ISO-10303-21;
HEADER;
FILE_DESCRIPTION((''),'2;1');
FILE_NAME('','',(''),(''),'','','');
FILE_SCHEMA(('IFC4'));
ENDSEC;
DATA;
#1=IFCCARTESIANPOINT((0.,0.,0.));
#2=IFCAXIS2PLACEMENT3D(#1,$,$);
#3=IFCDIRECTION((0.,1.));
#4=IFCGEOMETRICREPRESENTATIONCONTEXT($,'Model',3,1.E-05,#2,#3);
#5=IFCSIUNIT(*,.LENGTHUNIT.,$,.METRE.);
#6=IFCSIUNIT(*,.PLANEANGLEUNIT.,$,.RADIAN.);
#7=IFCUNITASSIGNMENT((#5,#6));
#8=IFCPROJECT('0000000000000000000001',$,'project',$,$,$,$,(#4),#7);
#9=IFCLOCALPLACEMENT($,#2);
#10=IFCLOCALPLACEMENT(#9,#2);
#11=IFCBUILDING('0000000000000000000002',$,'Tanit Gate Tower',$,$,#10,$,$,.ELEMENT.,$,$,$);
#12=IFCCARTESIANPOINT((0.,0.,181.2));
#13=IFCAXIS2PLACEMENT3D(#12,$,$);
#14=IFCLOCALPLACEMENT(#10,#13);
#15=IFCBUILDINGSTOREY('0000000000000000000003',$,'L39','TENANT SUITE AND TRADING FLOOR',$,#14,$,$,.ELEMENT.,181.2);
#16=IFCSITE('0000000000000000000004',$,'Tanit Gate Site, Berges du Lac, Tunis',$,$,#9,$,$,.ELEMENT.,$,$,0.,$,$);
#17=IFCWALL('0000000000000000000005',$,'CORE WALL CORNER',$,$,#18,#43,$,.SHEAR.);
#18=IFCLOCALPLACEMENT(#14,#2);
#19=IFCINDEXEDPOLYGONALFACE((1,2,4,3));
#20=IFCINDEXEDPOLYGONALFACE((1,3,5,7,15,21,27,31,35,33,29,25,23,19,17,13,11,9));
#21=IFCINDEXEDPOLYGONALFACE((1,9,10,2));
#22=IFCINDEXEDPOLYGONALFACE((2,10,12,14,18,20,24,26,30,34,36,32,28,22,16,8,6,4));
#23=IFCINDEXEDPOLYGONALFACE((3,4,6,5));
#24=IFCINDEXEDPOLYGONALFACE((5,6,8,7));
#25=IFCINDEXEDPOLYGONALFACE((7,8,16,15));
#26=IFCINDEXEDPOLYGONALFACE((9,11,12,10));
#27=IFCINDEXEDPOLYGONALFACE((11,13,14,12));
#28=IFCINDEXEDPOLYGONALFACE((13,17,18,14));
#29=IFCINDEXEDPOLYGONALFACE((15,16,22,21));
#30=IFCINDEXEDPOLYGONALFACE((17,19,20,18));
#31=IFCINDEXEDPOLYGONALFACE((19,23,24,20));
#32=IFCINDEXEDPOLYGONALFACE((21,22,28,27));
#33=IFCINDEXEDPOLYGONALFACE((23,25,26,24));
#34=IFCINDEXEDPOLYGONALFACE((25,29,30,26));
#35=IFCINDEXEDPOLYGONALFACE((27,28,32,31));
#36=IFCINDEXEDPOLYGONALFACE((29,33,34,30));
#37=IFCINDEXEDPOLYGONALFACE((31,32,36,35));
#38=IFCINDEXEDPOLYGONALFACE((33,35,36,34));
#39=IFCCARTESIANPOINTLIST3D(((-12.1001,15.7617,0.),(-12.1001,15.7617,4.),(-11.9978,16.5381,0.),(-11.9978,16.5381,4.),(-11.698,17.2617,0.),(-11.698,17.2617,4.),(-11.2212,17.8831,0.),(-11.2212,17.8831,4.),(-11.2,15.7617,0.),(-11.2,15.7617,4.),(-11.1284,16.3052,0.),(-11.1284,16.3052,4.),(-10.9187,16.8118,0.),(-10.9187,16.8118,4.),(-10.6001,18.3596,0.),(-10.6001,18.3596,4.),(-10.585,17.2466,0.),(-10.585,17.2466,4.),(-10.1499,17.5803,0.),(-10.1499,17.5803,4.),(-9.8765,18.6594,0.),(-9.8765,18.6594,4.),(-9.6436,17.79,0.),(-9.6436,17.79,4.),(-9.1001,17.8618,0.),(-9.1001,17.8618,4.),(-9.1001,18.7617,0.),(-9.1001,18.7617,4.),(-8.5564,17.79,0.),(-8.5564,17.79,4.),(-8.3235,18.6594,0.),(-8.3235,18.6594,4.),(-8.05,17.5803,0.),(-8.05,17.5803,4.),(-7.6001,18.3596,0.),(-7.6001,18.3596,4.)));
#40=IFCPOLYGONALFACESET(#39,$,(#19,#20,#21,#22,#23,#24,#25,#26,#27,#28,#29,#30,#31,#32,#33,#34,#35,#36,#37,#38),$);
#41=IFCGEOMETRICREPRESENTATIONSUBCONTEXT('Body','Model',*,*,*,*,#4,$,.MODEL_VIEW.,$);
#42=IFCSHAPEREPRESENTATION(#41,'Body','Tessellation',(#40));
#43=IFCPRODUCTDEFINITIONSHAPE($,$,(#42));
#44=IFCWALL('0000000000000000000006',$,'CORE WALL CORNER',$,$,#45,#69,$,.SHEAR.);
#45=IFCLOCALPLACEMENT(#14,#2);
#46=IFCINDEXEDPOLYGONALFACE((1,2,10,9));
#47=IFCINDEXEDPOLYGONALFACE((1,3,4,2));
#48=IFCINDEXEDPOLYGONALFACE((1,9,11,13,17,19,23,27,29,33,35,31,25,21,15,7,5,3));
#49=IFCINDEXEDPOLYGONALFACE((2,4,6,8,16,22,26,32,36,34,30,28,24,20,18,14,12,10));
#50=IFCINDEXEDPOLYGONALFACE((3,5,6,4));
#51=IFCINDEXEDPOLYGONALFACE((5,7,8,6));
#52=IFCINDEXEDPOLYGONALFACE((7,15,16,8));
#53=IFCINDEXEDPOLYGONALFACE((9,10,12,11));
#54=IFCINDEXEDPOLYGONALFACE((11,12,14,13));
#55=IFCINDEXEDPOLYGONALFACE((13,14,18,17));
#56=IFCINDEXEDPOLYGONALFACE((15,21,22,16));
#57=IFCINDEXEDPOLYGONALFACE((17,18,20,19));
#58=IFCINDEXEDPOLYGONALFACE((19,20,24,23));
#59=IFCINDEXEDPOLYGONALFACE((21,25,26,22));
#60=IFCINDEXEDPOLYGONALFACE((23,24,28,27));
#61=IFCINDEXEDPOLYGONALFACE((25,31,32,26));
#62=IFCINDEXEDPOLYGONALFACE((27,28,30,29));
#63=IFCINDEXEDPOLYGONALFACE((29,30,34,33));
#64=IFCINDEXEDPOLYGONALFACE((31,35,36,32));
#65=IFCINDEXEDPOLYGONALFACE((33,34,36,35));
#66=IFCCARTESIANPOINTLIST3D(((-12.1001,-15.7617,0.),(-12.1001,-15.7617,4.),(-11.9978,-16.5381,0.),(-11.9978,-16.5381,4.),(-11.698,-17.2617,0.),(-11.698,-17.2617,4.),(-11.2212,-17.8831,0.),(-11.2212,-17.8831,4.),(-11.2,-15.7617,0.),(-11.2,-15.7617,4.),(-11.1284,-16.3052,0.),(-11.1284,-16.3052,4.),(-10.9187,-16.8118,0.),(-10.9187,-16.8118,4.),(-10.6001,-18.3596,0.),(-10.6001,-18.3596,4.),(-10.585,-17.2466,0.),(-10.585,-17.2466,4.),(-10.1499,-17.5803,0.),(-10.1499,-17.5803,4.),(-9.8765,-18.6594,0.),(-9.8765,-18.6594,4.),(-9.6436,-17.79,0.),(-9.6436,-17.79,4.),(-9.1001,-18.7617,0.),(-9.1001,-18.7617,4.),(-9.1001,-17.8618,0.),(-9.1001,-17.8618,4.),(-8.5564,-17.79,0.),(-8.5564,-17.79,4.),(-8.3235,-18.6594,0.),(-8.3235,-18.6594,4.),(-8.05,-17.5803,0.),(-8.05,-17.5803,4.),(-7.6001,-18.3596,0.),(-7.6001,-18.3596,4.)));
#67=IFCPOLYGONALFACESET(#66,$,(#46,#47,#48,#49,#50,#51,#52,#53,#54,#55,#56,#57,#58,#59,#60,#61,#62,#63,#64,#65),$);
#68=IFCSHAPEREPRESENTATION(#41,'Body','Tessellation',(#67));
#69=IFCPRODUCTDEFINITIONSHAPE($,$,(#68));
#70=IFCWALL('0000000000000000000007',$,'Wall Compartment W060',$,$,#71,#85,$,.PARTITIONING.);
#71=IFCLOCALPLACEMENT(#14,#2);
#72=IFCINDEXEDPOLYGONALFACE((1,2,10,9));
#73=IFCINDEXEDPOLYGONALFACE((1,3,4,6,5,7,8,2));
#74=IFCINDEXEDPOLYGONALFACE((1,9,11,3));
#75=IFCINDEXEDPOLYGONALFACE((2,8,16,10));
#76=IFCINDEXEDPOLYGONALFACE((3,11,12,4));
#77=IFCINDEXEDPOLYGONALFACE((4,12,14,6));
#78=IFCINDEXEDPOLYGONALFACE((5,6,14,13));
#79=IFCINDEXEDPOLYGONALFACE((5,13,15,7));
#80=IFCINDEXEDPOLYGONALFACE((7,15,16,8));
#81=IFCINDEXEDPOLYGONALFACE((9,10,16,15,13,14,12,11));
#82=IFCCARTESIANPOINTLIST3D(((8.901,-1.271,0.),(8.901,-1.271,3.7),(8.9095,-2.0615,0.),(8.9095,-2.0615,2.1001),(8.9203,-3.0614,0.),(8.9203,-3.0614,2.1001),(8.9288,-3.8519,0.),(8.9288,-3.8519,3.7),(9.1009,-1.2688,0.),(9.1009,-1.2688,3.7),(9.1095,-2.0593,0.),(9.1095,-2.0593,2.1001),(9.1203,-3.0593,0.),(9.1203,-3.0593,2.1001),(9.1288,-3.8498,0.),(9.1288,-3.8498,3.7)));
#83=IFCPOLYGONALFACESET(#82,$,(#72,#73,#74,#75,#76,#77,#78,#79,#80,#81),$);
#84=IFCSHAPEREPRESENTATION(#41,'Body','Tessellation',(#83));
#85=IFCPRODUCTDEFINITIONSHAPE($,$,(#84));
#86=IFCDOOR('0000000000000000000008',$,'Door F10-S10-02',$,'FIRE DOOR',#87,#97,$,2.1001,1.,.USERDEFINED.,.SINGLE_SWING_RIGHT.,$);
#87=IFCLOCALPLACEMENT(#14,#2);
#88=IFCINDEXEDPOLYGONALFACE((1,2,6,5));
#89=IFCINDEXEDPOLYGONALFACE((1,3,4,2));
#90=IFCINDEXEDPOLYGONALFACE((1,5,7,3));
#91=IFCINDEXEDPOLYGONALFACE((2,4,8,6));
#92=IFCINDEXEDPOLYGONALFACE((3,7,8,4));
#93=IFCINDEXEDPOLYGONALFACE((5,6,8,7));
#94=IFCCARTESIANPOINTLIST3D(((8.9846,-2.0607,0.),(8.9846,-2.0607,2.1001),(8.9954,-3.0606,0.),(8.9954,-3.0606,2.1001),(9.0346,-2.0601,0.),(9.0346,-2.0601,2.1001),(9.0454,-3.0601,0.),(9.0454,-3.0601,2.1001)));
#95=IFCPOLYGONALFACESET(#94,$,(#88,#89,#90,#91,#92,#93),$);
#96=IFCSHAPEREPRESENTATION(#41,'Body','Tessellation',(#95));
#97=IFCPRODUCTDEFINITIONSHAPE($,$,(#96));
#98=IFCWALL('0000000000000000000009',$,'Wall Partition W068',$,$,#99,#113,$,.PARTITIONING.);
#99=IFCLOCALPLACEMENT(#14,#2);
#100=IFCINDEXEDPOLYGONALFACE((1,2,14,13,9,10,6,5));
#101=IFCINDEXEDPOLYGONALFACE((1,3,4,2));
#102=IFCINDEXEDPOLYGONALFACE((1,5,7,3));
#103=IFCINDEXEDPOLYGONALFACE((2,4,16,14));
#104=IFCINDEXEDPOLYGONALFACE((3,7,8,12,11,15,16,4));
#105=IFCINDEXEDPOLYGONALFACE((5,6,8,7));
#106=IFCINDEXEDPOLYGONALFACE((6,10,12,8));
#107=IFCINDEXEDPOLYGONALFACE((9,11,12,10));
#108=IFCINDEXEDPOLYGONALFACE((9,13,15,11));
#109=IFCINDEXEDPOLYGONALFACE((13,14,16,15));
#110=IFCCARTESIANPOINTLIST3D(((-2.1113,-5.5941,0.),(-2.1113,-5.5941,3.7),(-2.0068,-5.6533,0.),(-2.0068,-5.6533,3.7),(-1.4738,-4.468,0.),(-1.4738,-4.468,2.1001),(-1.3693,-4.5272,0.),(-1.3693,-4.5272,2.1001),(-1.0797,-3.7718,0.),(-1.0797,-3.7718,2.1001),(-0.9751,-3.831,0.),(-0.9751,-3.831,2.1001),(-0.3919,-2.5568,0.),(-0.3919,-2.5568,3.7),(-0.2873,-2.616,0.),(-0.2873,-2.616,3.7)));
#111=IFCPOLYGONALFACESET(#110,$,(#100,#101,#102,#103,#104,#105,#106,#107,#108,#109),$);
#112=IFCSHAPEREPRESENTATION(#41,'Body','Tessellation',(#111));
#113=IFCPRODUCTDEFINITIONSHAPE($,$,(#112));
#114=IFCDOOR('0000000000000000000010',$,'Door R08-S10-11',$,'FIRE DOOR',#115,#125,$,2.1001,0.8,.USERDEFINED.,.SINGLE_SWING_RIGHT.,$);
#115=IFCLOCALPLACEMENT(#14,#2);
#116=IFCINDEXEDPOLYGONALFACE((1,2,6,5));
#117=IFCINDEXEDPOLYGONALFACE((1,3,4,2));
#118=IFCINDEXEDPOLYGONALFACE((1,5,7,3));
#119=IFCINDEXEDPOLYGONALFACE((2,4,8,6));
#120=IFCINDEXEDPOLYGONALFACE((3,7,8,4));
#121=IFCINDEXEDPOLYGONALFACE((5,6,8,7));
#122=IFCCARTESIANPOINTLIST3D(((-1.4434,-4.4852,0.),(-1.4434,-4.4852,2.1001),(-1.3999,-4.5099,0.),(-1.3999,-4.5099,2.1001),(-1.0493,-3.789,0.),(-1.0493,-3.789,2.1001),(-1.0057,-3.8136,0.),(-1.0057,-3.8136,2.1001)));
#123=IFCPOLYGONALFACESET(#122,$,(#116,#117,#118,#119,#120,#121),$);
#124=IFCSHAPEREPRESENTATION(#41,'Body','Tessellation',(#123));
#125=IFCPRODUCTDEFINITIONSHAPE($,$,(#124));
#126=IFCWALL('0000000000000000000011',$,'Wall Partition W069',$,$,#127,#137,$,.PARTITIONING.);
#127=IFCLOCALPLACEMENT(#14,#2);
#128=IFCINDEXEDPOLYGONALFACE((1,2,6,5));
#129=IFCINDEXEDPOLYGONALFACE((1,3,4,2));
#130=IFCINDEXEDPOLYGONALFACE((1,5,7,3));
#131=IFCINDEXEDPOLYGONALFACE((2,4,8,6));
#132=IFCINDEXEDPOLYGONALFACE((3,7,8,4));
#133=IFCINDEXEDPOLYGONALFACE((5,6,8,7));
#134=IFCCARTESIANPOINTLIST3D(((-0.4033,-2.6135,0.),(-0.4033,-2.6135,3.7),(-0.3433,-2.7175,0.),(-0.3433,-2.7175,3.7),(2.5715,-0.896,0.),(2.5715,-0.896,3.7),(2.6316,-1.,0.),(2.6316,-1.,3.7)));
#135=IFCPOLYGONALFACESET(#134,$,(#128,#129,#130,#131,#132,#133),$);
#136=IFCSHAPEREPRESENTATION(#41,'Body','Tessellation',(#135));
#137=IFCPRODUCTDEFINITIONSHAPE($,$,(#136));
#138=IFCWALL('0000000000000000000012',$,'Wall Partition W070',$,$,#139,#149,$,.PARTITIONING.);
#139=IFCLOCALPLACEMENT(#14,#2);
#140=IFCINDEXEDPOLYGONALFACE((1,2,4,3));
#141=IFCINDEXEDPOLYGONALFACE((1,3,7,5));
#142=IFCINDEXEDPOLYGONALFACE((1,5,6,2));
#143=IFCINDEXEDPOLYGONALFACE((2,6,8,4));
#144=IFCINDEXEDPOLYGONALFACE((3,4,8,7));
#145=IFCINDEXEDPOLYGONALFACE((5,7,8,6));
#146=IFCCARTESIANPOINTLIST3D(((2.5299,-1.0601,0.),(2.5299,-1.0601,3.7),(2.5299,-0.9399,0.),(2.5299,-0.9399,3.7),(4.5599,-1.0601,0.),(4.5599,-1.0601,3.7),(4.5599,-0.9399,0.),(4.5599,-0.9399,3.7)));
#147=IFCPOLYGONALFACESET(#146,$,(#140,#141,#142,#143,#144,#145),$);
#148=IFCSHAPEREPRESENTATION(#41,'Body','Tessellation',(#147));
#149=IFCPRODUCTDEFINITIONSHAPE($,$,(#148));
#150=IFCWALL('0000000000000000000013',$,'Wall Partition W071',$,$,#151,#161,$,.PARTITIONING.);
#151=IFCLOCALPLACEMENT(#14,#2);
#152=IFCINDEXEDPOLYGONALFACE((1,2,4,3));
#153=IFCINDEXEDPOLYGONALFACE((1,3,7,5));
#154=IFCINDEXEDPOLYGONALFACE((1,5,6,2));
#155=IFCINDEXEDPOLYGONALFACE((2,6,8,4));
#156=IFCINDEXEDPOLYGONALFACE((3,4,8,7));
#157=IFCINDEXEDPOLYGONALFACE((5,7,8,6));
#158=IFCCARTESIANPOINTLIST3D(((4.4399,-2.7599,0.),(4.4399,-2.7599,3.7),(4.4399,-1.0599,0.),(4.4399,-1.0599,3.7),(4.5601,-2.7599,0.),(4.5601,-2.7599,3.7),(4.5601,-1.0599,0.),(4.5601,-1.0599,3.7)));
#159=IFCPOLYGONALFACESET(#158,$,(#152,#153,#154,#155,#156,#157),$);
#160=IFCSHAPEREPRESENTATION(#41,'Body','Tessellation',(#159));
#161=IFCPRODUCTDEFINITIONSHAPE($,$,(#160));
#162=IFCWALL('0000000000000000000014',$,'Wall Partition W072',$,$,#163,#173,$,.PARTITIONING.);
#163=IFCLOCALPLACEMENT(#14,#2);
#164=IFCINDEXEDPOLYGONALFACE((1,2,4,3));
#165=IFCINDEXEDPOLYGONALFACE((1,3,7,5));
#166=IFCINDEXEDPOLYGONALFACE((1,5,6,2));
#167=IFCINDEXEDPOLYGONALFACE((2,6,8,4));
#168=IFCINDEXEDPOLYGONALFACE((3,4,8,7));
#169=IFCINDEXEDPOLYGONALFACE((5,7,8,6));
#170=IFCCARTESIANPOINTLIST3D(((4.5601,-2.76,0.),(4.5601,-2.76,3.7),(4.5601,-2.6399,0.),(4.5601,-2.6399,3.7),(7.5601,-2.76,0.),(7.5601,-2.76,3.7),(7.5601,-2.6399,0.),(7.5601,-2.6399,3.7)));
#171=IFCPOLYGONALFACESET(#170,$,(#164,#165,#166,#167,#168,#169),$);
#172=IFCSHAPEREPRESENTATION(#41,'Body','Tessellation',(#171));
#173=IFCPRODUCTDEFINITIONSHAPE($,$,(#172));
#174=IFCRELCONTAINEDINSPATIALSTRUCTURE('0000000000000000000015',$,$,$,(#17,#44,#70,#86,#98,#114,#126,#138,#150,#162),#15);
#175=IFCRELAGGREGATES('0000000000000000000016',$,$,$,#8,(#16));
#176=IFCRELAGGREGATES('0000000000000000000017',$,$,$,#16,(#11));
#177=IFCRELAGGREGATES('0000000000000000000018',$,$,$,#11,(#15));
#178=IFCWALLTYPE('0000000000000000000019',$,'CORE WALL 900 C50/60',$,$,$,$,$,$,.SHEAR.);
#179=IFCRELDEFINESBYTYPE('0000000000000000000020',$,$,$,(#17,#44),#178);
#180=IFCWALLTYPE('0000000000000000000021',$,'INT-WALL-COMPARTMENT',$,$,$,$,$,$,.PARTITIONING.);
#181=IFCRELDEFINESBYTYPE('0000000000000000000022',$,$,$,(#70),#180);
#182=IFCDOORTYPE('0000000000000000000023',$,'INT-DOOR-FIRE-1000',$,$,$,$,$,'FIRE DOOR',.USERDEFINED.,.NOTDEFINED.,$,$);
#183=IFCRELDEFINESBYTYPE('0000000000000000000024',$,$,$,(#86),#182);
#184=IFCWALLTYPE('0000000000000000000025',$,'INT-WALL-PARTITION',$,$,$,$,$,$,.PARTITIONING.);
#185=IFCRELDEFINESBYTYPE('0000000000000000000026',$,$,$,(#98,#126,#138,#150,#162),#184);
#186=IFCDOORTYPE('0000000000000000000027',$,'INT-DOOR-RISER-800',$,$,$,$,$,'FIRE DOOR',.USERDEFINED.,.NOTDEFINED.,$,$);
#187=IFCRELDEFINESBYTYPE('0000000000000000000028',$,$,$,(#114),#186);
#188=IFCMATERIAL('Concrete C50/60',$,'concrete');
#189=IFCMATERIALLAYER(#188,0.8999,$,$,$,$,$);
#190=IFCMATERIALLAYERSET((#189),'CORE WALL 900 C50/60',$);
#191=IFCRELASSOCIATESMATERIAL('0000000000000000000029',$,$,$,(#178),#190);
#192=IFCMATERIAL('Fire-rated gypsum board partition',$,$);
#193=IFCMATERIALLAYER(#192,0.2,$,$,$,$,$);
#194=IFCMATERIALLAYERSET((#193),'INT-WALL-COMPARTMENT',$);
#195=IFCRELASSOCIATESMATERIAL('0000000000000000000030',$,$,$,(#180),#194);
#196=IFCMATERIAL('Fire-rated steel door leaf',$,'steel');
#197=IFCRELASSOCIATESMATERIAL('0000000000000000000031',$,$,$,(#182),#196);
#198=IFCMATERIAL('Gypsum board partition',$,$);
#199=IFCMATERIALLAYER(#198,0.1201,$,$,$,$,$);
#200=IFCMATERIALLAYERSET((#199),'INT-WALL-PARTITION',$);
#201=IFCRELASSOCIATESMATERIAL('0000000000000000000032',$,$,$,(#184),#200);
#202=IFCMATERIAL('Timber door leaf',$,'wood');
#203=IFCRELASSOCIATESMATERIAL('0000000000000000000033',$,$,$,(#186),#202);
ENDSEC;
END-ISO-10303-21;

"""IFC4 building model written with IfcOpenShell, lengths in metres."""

from ifc_helpers import new_model, si_unit, direction, frame, frame_2d, origin, place, context, subcontext, project, spatial, polyline, rectangle, outline, extrude, material, layer, layer_set, type_object, element, fill, save


model = new_model("IFC4")

# Units and contexts
model_context = context("Model", 3, precision=1e-05, world=origin(), true_north=direction((0.0, 1.0)))
body_context = subcontext(model_context, "Body", "Model", "MODEL_VIEW")
ifc_project = project(units=[si_unit("LENGTHUNIT", "METRE"), si_unit("PLANEANGLEUNIT", "RADIAN")], contexts=[model_context])

# Site, building, storey
site_placement = place(None, origin())
site = spatial("IfcSite", under=ifc_project, at=site_placement, Name="Tanit Gate Site, Berges du Lac, Tunis", CompositionType="ELEMENT", RefElevation=0.0)
building_placement = place(site_placement, origin())
building = spatial("IfcBuilding", under=site, at=building_placement, Name="Tanit Gate Tower", CompositionType="ELEMENT")
storey_placement = place(building_placement, frame((0.0, 0.0, 181.2)))
storey = spatial("IfcBuildingStorey", under=building, at=storey_placement, Name="L39", Description="TENANT SUITE AND TRADING FLOOR", CompositionType="ELEMENT", Elevation=181.2)

# Walls
ifc_material_1 = material(Name="Concrete C50/60", Category="concrete")
ifc_layer_1 = layer(ifc_material_1, 0.8999)
ifc_layer_set_1 = layer_set([ifc_layer_1], Name="CORE WALL 900 C50/60")
wall_type_1 = type_object("IfcWallType", Name="CORE WALL 900 C50/60", PredefinedType="SHEAR", material=ifc_layer_set_1)
wall_1_placement = place(storey_placement, origin())
element("IfcWall", 1, at=wall_1_placement, inside=storey, type_object=wall_type_1, Name="CORE WALL CORNER", PredefinedType="SHEAR", context=body_context, shape_type="SweptSolid", body=[
    extrude(outline(polyline([(-7.6001, 18.3596), (-8.3235, 18.6594), (-9.1001, 18.7617), (-9.8765, 18.6594), (-10.6001, 18.3596), (-11.2212, 17.8831), (-11.698, 17.2617), (-11.9978, 16.5381), (-12.1001, 15.7617), (-11.2, 15.7617), (-11.1284, 16.3052), (-10.9187, 16.8118), (-10.585, 17.2466), (-10.1499, 17.5803), (-9.6436, 17.79), (-9.1001, 17.8618), (-8.5564, 17.79), (-8.05, 17.5803), (-7.6001, 18.3596)])), origin(), (0.0, 0.0, 1.0), 4.0),
])
wall_2_placement = place(storey_placement, origin())
element("IfcWall", 2, at=wall_2_placement, inside=storey, type_object=wall_type_1, Name="CORE WALL CORNER", PredefinedType="SHEAR", context=body_context, shape_type="SweptSolid", body=[
    extrude(outline(polyline([(-12.1001, -15.7617), (-11.9978, -16.5381), (-11.698, -17.2617), (-11.2212, -17.8831), (-10.6001, -18.3596), (-9.8765, -18.6594), (-9.1001, -18.7617), (-8.3235, -18.6594), (-7.6001, -18.3596), (-8.05, -17.5803), (-8.5564, -17.79), (-9.1001, -17.8618), (-9.6436, -17.79), (-10.1499, -17.5803), (-10.585, -17.2466), (-10.9187, -16.8118), (-11.1284, -16.3052), (-11.2, -15.7617), (-12.1001, -15.7617)])), origin(), (0.0, 0.0, 1.0), 4.0),
])

# Walls, openings, doors
ifc_material_2 = material(Name="Fire-rated gypsum board partition")
ifc_layer_2 = layer(ifc_material_2, 0.2)
ifc_layer_set_2 = layer_set([ifc_layer_2], Name="INT-WALL-COMPARTMENT")
wall_type_2 = type_object("IfcWallType", Name="INT-WALL-COMPARTMENT", PredefinedType="PARTITIONING", material=ifc_layer_set_2)
wall_3_placement = place(storey_placement, frame((9.0288, -3.8508, 0.0), z_axis=(0.0, 0.0, 1.0), x_axis=(-0.010784, 0.999942, 0.0)))
wall_3 = element("IfcWall", 3, at=wall_3_placement, inside=storey, type_object=wall_type_2, Name="Wall Compartment W060", PredefinedType="PARTITIONING", context=body_context, shape_type="SweptSolid", body=[
    extrude(rectangle(XDim=2.5811, YDim=0.2, at=frame_2d((1.2905, 0.0))), origin(), (0.0, 0.0, 1.0), 3.7),
])
opening_1_placement = place(wall_3_placement, frame((0.7905, 0.0, 0.0)))
opening_1 = element("IfcOpeningElement", 4, at=opening_1_placement, cuts=wall_3, PredefinedType="OPENING", context=body_context, shape_type="SweptSolid", body=[
    extrude(rectangle(XDim=1.0, YDim=2.1001, at=frame_2d((0.5, 1.05))), frame((0.0, 0.1099, 0.0), z_axis=(0.0, -1.0, 0.0), x_axis=(1.0, 0.0, 0.0)), (0.0, 0.0, 1.0), 0.22),
])
ifc_material_3 = material(Name="Fire-rated steel door leaf", Category="steel")
door_type_1 = type_object("IfcDoorType", Name="INT-DOOR-FIRE-1000", ElementType="FIRE DOOR", OperationType="NOTDEFINED", PredefinedType="USERDEFINED", material=ifc_material_3)
door_1_placement = place(opening_1_placement, origin())
door_1 = element("IfcDoor", 5, at=door_1_placement, inside=storey, type_object=door_type_1, Name="Door F10-S10-02", ObjectType="FIRE DOOR", OperationType="SINGLE_SWING_RIGHT", OverallHeight=2.1001, OverallWidth=1.0, PredefinedType="USERDEFINED", context=body_context, shape_type="SweptSolid", body=[
    extrude(rectangle(XDim=1.0, YDim=2.1001, at=frame_2d((0.5, 1.05))), frame((0.0, 0.0249, 0.0), z_axis=(0.0, -1.0, 0.0), x_axis=(1.0, 0.0, 0.0)), (0.0, 0.0, 1.0), 0.05),
])
fill(opening_1, door_1)
ifc_material_4 = material(Name="Gypsum board partition")
ifc_layer_3 = layer(ifc_material_4, 0.1201)
ifc_layer_set_3 = layer_set([ifc_layer_3], Name="INT-WALL-PARTITION")
wall_type_3 = type_object("IfcWallType", Name="INT-WALL-PARTITION", PredefinedType="PARTITIONING", material=ifc_layer_set_3)
wall_4_placement = place(storey_placement, frame((-0.3396, -2.5864, 0.0), z_axis=(0.0, 0.0, 1.0), x_axis=(-0.492647, -0.870229, 0.0)))
wall_4 = element("IfcWall", 6, at=wall_4_placement, inside=storey, type_object=wall_type_3, Name="Wall Partition W068", PredefinedType="PARTITIONING", context=body_context, shape_type="SweptSolid", body=[
    extrude(rectangle(XDim=3.4902, YDim=0.1201, at=frame_2d((1.7451, 0.0))), origin(), (0.0, 0.0, 1.0), 3.7),
])
opening_2_placement = place(wall_4_placement, frame((1.3962, 0.0, 0.0)))
opening_2 = element("IfcOpeningElement", 7, at=opening_2_placement, cuts=wall_4, PredefinedType="OPENING", context=body_context, shape_type="SweptSolid", body=[
    extrude(rectangle(XDim=0.8, YDim=2.1001, at=frame_2d((0.3999, 1.05))), frame((0.0, 0.0701, 0.0), z_axis=(0.0, -1.0, 0.0), x_axis=(1.0, 0.0, 0.0)), (0.0, 0.0, 1.0), 0.1401),
])
ifc_material_5 = material(Name="Timber door leaf", Category="wood")
door_type_2 = type_object("IfcDoorType", Name="INT-DOOR-RISER-800", ElementType="FIRE DOOR", OperationType="NOTDEFINED", PredefinedType="USERDEFINED", material=ifc_material_5)
door_2_placement = place(opening_2_placement, origin())
door_2 = element("IfcDoor", 8, at=door_2_placement, inside=storey, type_object=door_type_2, Name="Door R08-S10-11", ObjectType="FIRE DOOR", OperationType="SINGLE_SWING_RIGHT", OverallHeight=2.1001, OverallWidth=0.8, PredefinedType="USERDEFINED", context=body_context, shape_type="SweptSolid", body=[
    extrude(rectangle(XDim=0.8, YDim=2.1001, at=frame_2d((0.3999, 1.05))), frame((0.0, 0.0249, 0.0), z_axis=(0.0, -1.0, 0.0), x_axis=(1.0, 0.0, 0.0)), (0.0, 0.0, 1.0), 0.05),
])
fill(opening_2, door_2)

# Walls
wall_5_placement = place(storey_placement, frame((2.6016, -0.948, 0.0), z_axis=(0.0, 0.0, 1.0), x_axis=(-0.866026, -0.499999, 0.0)))
element("IfcWall", 9, at=wall_5_placement, inside=storey, type_object=wall_type_3, Name="Wall Partition W069", PredefinedType="PARTITIONING", context=body_context, shape_type="SweptSolid", body=[
    extrude(rectangle(XDim=3.4351, YDim=0.1201, at=frame_2d((1.7175, 0.0))), origin(), (0.0, 0.0, 1.0), 3.7),
])
wall_6_placement = place(storey_placement, frame((4.5601, -1.0, 0.0), z_axis=(0.0, 0.0, 1.0), x_axis=(-1.0, 0.0, 0.0)))
element("IfcWall", 10, at=wall_6_placement, inside=storey, type_object=wall_type_3, Name="Wall Partition W070", PredefinedType="PARTITIONING", context=body_context, shape_type="SweptSolid", body=[
    extrude(rectangle(XDim=2.03, YDim=0.1201, at=frame_2d((1.0151, 0.0))), origin(), (0.0, 0.0, 1.0), 3.7),
])
wall_7_placement = place(storey_placement, frame((4.5, -2.76, 0.0), z_axis=(0.0, 0.0, 1.0), x_axis=(0.0, 1.0, 0.0)))
element("IfcWall", 11, at=wall_7_placement, inside=storey, type_object=wall_type_3, Name="Wall Partition W071", PredefinedType="PARTITIONING", context=body_context, shape_type="SweptSolid", body=[
    extrude(rectangle(XDim=1.7, YDim=0.1201, at=frame_2d((0.8501, 0.0))), origin(), (0.0, 0.0, 1.0), 3.7),
])
wall_8_placement = place(storey_placement, frame((7.5601, -2.7, 0.0), z_axis=(0.0, 0.0, 1.0), x_axis=(-1.0, 0.0, 0.0)))
element("IfcWall", 12, at=wall_8_placement, inside=storey, type_object=wall_type_3, Name="Wall Partition W072", PredefinedType="PARTITIONING", context=body_context, shape_type="SweptSolid", body=[
    extrude(rectangle(XDim=3.0, YDim=0.1201, at=frame_2d((1.5, 0.0))), origin(), (0.0, 0.0, 1.0), 3.7),
])

save(model, "model.ifc")
